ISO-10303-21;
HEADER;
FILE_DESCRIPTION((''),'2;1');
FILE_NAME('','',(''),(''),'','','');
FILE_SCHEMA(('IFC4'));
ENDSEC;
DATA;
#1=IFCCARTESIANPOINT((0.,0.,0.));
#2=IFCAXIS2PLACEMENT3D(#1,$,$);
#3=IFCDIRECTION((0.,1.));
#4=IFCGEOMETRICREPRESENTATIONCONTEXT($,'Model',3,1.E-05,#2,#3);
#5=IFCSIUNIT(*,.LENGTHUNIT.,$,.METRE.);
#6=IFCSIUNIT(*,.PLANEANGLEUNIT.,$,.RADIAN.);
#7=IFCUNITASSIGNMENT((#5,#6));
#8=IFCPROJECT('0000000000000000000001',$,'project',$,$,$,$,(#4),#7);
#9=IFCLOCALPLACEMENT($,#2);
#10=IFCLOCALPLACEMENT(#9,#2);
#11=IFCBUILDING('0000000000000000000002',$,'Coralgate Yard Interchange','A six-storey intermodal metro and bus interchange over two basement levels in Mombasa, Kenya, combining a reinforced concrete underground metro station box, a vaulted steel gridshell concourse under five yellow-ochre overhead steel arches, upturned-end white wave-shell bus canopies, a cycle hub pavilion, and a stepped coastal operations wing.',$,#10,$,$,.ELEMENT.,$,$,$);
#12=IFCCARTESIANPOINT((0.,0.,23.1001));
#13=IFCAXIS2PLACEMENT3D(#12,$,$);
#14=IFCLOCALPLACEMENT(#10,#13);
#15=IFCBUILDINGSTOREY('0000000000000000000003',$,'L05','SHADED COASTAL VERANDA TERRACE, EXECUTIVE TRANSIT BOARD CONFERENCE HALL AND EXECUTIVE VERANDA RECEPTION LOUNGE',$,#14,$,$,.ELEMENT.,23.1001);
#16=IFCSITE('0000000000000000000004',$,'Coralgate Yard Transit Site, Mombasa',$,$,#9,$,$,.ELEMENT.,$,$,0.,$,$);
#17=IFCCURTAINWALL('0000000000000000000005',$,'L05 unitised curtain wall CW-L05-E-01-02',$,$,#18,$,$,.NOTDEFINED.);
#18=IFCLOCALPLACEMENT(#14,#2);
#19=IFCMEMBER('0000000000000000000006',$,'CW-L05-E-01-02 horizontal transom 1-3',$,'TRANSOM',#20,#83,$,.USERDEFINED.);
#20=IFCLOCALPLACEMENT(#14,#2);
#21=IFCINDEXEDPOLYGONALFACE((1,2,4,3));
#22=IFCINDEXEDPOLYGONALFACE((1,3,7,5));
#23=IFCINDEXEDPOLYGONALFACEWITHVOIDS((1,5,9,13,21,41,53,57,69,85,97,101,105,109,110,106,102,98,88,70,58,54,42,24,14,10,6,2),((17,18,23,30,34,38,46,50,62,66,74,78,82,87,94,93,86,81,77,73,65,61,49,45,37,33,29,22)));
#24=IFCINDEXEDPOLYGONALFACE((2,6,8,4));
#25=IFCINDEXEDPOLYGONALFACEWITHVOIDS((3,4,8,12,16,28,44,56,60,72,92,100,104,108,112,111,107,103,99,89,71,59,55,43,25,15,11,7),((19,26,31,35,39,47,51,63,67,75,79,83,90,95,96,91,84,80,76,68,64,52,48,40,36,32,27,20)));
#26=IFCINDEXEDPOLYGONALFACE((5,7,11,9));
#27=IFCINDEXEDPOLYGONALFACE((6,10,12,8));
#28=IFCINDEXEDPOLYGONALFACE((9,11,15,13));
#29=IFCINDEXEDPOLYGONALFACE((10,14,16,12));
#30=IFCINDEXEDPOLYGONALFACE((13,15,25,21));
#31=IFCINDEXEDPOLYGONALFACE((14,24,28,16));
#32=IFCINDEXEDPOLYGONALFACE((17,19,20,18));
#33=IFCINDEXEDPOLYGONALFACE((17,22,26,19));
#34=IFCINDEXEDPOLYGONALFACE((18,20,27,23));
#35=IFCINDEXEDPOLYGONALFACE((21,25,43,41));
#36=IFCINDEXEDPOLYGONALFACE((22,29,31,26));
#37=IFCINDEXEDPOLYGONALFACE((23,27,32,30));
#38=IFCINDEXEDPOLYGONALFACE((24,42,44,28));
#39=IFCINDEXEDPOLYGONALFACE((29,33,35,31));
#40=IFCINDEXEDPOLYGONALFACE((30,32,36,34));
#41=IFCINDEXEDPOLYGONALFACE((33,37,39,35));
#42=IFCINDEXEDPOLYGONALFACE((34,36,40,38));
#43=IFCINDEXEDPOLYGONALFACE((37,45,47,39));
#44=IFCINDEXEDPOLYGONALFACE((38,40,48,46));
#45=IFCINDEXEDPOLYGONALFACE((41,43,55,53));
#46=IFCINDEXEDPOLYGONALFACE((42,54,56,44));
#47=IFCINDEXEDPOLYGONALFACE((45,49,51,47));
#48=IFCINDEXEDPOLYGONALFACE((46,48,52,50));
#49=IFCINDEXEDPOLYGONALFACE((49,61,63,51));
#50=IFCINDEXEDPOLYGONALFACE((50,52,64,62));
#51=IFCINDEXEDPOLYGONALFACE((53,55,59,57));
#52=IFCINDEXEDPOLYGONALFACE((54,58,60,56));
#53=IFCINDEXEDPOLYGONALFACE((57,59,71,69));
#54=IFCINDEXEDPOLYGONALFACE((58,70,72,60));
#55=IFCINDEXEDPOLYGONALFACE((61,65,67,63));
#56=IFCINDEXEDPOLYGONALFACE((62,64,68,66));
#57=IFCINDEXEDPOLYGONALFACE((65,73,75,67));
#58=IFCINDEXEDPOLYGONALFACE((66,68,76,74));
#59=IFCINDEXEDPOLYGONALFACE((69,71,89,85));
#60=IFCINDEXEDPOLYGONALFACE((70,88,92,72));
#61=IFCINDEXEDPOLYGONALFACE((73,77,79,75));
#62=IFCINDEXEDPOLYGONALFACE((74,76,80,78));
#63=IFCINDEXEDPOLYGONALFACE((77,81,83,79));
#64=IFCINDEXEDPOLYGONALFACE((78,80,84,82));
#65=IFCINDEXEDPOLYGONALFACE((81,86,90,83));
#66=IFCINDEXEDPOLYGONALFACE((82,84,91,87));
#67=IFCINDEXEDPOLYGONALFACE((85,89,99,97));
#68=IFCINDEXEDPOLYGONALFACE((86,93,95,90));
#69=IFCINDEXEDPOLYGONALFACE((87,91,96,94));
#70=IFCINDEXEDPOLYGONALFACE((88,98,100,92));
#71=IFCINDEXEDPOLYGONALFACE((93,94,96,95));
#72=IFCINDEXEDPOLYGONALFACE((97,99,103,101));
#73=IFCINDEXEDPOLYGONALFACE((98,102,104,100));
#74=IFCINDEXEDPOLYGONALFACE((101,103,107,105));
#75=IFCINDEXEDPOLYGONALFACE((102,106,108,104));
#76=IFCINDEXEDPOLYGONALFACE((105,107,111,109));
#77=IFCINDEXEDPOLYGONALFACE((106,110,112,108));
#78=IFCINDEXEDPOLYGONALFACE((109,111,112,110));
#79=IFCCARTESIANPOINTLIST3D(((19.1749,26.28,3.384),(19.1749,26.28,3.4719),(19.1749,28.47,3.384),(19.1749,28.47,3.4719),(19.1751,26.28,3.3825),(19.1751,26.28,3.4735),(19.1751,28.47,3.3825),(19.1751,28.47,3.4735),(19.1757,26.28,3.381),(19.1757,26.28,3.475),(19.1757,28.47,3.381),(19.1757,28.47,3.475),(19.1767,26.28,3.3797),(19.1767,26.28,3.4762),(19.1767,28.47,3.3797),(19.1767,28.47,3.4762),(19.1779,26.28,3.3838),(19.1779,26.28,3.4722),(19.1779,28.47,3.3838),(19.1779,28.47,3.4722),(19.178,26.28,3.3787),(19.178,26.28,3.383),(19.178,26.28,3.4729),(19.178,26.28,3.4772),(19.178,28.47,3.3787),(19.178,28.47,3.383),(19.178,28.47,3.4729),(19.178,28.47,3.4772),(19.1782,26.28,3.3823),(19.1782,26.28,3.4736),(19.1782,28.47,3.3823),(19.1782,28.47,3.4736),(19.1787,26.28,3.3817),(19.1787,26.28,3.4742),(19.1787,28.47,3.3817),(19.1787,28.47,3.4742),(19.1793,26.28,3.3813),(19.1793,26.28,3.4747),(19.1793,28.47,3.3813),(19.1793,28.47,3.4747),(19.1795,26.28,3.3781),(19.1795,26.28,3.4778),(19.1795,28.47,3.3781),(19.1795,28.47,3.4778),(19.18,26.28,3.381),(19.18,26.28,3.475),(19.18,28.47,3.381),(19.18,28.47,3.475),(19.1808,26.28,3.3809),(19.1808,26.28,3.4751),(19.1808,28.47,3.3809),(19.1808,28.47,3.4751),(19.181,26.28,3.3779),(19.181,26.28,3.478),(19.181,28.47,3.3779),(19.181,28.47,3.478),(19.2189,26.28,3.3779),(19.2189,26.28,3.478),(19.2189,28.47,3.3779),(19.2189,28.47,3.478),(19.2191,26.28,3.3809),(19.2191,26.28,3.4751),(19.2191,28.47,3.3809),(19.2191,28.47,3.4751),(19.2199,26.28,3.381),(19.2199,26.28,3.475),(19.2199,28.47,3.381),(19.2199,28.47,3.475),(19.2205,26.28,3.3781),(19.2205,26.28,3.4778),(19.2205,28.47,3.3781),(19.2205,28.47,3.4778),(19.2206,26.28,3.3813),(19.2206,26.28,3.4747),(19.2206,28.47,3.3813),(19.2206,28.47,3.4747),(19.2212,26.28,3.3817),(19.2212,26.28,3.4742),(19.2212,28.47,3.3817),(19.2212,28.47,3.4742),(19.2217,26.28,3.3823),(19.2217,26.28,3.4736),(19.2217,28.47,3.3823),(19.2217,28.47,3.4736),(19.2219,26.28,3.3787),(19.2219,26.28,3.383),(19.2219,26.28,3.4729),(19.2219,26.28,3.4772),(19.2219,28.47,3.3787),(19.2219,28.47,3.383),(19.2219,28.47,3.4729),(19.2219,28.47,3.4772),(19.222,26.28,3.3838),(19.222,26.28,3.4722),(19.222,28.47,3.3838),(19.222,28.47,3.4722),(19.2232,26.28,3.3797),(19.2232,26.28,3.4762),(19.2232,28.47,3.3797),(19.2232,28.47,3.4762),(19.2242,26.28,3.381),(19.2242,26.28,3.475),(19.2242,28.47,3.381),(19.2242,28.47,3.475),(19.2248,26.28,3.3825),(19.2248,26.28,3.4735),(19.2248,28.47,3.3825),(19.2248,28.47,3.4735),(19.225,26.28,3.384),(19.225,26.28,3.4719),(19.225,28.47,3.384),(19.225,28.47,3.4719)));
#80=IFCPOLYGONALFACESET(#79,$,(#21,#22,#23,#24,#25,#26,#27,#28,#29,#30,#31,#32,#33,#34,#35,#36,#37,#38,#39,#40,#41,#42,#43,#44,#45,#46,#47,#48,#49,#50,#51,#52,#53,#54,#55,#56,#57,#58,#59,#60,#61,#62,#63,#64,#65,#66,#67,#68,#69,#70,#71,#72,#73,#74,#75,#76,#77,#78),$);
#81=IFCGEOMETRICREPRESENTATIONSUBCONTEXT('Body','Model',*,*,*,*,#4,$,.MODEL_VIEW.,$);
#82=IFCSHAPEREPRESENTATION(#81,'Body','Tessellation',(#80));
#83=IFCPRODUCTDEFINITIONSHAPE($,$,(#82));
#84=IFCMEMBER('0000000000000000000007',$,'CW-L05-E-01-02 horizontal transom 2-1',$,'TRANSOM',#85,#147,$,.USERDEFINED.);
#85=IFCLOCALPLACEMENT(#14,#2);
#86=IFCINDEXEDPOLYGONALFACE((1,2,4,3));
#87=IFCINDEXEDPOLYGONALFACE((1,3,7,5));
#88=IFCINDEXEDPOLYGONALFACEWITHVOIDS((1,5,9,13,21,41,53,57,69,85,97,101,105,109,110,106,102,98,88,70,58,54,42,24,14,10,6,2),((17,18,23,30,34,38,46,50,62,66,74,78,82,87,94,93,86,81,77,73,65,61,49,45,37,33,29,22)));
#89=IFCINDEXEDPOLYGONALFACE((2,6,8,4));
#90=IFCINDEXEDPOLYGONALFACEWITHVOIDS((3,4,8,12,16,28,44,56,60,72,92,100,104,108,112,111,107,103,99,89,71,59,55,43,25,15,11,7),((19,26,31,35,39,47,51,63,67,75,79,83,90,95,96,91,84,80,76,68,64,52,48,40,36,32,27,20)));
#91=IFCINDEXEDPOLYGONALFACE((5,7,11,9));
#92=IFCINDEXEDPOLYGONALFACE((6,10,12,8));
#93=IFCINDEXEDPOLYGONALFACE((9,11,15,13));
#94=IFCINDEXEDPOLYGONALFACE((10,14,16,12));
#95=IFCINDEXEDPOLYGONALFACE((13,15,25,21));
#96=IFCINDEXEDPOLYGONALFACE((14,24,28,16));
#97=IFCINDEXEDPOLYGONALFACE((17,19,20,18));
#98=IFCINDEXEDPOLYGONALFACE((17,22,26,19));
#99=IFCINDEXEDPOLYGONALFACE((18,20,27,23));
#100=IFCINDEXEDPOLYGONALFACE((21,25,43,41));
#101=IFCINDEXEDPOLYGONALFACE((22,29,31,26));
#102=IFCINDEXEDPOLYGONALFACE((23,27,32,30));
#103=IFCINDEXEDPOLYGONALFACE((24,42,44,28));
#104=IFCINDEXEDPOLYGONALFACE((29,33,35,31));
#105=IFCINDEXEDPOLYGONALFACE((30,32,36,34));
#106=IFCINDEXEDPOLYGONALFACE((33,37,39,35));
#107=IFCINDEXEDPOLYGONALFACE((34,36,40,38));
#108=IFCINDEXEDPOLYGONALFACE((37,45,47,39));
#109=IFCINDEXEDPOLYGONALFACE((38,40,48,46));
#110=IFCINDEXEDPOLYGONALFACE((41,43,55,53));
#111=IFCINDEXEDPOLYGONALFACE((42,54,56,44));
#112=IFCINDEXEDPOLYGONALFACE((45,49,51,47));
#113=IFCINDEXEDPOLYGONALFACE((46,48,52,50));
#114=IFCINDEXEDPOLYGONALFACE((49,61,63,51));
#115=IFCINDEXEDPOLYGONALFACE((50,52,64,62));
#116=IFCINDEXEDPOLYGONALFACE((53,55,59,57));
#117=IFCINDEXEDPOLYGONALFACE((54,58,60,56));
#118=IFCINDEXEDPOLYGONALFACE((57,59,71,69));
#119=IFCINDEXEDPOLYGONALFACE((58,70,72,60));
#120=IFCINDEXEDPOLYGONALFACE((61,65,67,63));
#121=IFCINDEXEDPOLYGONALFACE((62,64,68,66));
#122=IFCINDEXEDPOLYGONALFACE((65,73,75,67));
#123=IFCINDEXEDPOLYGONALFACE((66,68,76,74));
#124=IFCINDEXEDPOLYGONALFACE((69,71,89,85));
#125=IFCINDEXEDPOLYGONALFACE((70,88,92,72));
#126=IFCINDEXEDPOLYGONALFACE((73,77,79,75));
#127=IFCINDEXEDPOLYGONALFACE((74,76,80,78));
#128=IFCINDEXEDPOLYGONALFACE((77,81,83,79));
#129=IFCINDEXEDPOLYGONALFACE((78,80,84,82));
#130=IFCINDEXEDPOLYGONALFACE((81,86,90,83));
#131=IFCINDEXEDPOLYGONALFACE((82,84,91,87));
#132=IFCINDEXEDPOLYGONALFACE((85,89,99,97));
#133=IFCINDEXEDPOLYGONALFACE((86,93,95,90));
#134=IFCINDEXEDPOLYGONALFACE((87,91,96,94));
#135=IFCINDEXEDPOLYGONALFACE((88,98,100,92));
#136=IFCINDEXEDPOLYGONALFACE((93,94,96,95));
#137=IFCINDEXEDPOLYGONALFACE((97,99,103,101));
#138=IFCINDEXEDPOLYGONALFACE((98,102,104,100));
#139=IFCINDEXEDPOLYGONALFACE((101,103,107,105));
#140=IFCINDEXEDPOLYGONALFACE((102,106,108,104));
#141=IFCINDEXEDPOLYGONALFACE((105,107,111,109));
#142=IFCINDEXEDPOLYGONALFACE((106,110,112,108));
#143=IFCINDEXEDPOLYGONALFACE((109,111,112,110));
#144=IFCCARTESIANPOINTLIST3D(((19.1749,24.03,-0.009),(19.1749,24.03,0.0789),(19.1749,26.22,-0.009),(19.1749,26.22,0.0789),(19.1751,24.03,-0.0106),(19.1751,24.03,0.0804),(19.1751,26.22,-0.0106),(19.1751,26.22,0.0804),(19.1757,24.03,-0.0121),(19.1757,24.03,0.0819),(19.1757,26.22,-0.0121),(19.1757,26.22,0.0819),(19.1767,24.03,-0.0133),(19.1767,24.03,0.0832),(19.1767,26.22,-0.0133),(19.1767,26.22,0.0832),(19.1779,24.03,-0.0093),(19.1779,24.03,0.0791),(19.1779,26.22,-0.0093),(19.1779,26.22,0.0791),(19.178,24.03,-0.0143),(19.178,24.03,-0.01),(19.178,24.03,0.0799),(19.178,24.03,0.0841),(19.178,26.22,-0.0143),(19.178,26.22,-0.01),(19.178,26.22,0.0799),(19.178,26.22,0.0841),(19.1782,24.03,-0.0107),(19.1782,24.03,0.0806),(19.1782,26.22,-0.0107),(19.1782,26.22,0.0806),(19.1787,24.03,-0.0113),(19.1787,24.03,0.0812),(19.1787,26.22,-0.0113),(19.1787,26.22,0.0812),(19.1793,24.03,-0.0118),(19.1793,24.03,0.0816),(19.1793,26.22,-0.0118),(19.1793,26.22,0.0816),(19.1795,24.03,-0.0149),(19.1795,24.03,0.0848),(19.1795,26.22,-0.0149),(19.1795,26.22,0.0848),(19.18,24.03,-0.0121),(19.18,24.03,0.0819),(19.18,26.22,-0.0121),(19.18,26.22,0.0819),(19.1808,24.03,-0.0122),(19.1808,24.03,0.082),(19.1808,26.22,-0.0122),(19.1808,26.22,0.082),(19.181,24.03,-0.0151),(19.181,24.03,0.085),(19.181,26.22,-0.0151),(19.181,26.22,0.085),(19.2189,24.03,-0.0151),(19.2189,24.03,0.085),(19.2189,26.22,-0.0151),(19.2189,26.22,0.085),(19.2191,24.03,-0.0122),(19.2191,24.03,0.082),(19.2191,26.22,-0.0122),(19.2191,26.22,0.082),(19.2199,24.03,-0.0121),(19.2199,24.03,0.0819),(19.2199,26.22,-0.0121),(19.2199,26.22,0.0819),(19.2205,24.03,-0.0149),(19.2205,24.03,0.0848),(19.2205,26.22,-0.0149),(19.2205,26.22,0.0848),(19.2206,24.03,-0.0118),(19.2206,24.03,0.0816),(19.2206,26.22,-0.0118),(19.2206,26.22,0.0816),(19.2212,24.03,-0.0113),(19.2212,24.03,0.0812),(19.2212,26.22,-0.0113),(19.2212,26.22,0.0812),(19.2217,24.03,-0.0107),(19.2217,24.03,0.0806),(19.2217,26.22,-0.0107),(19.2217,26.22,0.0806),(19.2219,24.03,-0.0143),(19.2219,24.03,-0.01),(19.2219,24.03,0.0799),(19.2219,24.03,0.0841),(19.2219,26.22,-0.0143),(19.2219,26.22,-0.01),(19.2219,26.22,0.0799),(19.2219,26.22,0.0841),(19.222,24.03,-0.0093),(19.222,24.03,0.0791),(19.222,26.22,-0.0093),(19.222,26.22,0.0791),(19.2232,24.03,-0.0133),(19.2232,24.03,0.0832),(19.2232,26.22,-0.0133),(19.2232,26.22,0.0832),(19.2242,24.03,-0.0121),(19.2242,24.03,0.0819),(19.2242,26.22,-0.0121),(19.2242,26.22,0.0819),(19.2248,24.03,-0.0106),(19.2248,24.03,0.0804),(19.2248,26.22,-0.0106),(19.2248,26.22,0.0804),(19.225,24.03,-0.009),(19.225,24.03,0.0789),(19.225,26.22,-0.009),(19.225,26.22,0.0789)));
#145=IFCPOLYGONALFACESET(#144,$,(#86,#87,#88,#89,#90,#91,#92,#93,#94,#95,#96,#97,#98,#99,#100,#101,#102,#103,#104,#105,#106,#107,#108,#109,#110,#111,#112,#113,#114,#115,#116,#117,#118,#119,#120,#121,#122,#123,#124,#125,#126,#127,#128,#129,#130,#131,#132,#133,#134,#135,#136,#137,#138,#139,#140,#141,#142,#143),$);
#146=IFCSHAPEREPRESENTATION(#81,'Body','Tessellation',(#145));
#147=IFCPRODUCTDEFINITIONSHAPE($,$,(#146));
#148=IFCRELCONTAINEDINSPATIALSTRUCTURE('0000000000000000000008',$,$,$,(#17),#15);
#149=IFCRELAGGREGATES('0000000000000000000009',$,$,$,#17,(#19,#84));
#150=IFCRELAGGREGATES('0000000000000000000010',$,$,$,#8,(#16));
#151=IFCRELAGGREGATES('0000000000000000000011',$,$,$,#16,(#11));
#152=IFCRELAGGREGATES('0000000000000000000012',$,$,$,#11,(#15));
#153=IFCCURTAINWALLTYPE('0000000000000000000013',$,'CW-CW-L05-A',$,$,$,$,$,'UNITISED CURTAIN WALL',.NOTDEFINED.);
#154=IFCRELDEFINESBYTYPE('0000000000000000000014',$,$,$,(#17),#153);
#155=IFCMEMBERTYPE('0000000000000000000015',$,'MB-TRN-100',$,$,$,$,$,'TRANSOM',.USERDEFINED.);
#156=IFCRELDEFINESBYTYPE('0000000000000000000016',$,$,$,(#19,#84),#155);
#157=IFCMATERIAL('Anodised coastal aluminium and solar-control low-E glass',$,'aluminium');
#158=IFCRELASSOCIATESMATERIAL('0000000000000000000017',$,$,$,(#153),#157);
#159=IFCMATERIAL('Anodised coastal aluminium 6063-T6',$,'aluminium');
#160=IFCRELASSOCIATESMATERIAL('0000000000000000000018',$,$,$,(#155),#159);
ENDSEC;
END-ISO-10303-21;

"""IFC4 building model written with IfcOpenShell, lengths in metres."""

from ifc_helpers import new_model, si_unit, direction, frame, origin, origin_2d, place, context, subcontext, project, spatial, hollow_rectangle, extrude, material, material_profile, profile_set, type_object, element, aggregate, save


model = new_model("IFC4")

# Units and contexts
model_context = context("Model", 3, precision=1e-05, world=origin(), true_north=direction((0.0, 1.0)))
body_context = subcontext(model_context, "Body", "Model", "MODEL_VIEW")
ifc_project = project(units=[si_unit("LENGTHUNIT", "METRE"), si_unit("PLANEANGLEUNIT", "RADIAN")], contexts=[model_context])

# Site, building, storey
site_placement = place(None, origin())
site = spatial("IfcSite", under=ifc_project, at=site_placement, Name="Coralgate Yard Transit Site, Mombasa", CompositionType="ELEMENT", RefElevation=0.0)
building_placement = place(site_placement, origin())
building = spatial("IfcBuilding", under=site, at=building_placement, Name="Coralgate Yard Interchange", Description="A six-storey intermodal metro and bus interchange over two basement levels in Mombasa, Kenya, combining a reinforced concrete underground metro station box, a vaulted steel gridshell concourse under five yellow-ochre overhead steel arches, upturned-end white wave-shell bus canopies, a cycle hub pavilion, and a stepped coastal operations wing.", CompositionType="ELEMENT")
storey_placement = place(building_placement, frame((0.0, 0.0, 23.1001)))
storey = spatial("IfcBuildingStorey", under=building, at=storey_placement, Name="L05", Description="SHADED COASTAL VERANDA TERRACE, EXECUTIVE TRANSIT BOARD CONFERENCE HALL AND EXECUTIVE VERANDA RECEPTION LOUNGE", CompositionType="ELEMENT", Elevation=23.1001)

# Curtain wall, members
ifc_material_1 = material(Name="Anodised coastal aluminium and solar-control low-E glass", Category="aluminium")
curtain_wall_type = type_object("IfcCurtainWallType", Name="CW-CW-L05-A", ElementType="UNITISED CURTAIN WALL", PredefinedType="NOTDEFINED", material=ifc_material_1)
curtain_wall_placement = place(storey_placement, origin())
curtain_wall = element("IfcCurtainWall", 1, at=curtain_wall_placement, inside=storey, type_object=curtain_wall_type, Name="L05 unitised curtain wall CW-L05-E-01-02", PredefinedType="NOTDEFINED")
ifc_material_2 = material(Name="Anodised coastal aluminium 6063-T6", Category="aluminium")
ifc_material_profile_1 = material_profile(ifc_material_2, hollow_rectangle(XDim=0.05, YDim=0.1001, WallThickness=0.0029, InnerFilletRadius=0.0029, OuterFilletRadius=0.0061, at=origin_2d()), Name="ALU 50x100x3")
ifc_profile_set_1 = profile_set([ifc_material_profile_1], Name="Anodised coastal aluminium 6063-T6")
member_type_1 = type_object("IfcMemberType", Name="MB-TRN-100", ElementType="TRANSOM", PredefinedType="USERDEFINED", material=ifc_profile_set_1)
member_1_placement = place(storey_placement, frame((19.2, 28.47, 3.428), z_axis=(0.0, -1.0, 0.0), x_axis=(1.0, 0.0, 0.0)))
member_1 = element("IfcMember", 2, at=member_1_placement, type_object=member_type_1, Name="CW-L05-E-01-02 horizontal transom 1-3", ObjectType="TRANSOM", PredefinedType="USERDEFINED", context=body_context, shape_type="SweptSolid", body=[
    extrude(hollow_rectangle(XDim=0.05, YDim=0.1001, WallThickness=0.0029, InnerFilletRadius=0.0029, OuterFilletRadius=0.0061, at=origin_2d()), origin(), (0.0, 0.0, 1.0), 2.1899),
])
member_2_placement = place(storey_placement, frame((19.2, 26.22, 0.0349), z_axis=(0.0, -1.0, 0.0), x_axis=(1.0, 0.0, 0.0)))
member_2 = element("IfcMember", 3, at=member_2_placement, type_object=member_type_1, Name="CW-L05-E-01-02 horizontal transom 2-1", ObjectType="TRANSOM", PredefinedType="USERDEFINED", context=body_context, shape_type="SweptSolid", body=[
    extrude(hollow_rectangle(XDim=0.05, YDim=0.1001, WallThickness=0.0029, InnerFilletRadius=0.0029, OuterFilletRadius=0.0061, at=origin_2d()), origin(), (0.0, 0.0, 1.0), 2.1899),
])
aggregate(curtain_wall, [member_1, member_2])

save(model, "model.ifc")
